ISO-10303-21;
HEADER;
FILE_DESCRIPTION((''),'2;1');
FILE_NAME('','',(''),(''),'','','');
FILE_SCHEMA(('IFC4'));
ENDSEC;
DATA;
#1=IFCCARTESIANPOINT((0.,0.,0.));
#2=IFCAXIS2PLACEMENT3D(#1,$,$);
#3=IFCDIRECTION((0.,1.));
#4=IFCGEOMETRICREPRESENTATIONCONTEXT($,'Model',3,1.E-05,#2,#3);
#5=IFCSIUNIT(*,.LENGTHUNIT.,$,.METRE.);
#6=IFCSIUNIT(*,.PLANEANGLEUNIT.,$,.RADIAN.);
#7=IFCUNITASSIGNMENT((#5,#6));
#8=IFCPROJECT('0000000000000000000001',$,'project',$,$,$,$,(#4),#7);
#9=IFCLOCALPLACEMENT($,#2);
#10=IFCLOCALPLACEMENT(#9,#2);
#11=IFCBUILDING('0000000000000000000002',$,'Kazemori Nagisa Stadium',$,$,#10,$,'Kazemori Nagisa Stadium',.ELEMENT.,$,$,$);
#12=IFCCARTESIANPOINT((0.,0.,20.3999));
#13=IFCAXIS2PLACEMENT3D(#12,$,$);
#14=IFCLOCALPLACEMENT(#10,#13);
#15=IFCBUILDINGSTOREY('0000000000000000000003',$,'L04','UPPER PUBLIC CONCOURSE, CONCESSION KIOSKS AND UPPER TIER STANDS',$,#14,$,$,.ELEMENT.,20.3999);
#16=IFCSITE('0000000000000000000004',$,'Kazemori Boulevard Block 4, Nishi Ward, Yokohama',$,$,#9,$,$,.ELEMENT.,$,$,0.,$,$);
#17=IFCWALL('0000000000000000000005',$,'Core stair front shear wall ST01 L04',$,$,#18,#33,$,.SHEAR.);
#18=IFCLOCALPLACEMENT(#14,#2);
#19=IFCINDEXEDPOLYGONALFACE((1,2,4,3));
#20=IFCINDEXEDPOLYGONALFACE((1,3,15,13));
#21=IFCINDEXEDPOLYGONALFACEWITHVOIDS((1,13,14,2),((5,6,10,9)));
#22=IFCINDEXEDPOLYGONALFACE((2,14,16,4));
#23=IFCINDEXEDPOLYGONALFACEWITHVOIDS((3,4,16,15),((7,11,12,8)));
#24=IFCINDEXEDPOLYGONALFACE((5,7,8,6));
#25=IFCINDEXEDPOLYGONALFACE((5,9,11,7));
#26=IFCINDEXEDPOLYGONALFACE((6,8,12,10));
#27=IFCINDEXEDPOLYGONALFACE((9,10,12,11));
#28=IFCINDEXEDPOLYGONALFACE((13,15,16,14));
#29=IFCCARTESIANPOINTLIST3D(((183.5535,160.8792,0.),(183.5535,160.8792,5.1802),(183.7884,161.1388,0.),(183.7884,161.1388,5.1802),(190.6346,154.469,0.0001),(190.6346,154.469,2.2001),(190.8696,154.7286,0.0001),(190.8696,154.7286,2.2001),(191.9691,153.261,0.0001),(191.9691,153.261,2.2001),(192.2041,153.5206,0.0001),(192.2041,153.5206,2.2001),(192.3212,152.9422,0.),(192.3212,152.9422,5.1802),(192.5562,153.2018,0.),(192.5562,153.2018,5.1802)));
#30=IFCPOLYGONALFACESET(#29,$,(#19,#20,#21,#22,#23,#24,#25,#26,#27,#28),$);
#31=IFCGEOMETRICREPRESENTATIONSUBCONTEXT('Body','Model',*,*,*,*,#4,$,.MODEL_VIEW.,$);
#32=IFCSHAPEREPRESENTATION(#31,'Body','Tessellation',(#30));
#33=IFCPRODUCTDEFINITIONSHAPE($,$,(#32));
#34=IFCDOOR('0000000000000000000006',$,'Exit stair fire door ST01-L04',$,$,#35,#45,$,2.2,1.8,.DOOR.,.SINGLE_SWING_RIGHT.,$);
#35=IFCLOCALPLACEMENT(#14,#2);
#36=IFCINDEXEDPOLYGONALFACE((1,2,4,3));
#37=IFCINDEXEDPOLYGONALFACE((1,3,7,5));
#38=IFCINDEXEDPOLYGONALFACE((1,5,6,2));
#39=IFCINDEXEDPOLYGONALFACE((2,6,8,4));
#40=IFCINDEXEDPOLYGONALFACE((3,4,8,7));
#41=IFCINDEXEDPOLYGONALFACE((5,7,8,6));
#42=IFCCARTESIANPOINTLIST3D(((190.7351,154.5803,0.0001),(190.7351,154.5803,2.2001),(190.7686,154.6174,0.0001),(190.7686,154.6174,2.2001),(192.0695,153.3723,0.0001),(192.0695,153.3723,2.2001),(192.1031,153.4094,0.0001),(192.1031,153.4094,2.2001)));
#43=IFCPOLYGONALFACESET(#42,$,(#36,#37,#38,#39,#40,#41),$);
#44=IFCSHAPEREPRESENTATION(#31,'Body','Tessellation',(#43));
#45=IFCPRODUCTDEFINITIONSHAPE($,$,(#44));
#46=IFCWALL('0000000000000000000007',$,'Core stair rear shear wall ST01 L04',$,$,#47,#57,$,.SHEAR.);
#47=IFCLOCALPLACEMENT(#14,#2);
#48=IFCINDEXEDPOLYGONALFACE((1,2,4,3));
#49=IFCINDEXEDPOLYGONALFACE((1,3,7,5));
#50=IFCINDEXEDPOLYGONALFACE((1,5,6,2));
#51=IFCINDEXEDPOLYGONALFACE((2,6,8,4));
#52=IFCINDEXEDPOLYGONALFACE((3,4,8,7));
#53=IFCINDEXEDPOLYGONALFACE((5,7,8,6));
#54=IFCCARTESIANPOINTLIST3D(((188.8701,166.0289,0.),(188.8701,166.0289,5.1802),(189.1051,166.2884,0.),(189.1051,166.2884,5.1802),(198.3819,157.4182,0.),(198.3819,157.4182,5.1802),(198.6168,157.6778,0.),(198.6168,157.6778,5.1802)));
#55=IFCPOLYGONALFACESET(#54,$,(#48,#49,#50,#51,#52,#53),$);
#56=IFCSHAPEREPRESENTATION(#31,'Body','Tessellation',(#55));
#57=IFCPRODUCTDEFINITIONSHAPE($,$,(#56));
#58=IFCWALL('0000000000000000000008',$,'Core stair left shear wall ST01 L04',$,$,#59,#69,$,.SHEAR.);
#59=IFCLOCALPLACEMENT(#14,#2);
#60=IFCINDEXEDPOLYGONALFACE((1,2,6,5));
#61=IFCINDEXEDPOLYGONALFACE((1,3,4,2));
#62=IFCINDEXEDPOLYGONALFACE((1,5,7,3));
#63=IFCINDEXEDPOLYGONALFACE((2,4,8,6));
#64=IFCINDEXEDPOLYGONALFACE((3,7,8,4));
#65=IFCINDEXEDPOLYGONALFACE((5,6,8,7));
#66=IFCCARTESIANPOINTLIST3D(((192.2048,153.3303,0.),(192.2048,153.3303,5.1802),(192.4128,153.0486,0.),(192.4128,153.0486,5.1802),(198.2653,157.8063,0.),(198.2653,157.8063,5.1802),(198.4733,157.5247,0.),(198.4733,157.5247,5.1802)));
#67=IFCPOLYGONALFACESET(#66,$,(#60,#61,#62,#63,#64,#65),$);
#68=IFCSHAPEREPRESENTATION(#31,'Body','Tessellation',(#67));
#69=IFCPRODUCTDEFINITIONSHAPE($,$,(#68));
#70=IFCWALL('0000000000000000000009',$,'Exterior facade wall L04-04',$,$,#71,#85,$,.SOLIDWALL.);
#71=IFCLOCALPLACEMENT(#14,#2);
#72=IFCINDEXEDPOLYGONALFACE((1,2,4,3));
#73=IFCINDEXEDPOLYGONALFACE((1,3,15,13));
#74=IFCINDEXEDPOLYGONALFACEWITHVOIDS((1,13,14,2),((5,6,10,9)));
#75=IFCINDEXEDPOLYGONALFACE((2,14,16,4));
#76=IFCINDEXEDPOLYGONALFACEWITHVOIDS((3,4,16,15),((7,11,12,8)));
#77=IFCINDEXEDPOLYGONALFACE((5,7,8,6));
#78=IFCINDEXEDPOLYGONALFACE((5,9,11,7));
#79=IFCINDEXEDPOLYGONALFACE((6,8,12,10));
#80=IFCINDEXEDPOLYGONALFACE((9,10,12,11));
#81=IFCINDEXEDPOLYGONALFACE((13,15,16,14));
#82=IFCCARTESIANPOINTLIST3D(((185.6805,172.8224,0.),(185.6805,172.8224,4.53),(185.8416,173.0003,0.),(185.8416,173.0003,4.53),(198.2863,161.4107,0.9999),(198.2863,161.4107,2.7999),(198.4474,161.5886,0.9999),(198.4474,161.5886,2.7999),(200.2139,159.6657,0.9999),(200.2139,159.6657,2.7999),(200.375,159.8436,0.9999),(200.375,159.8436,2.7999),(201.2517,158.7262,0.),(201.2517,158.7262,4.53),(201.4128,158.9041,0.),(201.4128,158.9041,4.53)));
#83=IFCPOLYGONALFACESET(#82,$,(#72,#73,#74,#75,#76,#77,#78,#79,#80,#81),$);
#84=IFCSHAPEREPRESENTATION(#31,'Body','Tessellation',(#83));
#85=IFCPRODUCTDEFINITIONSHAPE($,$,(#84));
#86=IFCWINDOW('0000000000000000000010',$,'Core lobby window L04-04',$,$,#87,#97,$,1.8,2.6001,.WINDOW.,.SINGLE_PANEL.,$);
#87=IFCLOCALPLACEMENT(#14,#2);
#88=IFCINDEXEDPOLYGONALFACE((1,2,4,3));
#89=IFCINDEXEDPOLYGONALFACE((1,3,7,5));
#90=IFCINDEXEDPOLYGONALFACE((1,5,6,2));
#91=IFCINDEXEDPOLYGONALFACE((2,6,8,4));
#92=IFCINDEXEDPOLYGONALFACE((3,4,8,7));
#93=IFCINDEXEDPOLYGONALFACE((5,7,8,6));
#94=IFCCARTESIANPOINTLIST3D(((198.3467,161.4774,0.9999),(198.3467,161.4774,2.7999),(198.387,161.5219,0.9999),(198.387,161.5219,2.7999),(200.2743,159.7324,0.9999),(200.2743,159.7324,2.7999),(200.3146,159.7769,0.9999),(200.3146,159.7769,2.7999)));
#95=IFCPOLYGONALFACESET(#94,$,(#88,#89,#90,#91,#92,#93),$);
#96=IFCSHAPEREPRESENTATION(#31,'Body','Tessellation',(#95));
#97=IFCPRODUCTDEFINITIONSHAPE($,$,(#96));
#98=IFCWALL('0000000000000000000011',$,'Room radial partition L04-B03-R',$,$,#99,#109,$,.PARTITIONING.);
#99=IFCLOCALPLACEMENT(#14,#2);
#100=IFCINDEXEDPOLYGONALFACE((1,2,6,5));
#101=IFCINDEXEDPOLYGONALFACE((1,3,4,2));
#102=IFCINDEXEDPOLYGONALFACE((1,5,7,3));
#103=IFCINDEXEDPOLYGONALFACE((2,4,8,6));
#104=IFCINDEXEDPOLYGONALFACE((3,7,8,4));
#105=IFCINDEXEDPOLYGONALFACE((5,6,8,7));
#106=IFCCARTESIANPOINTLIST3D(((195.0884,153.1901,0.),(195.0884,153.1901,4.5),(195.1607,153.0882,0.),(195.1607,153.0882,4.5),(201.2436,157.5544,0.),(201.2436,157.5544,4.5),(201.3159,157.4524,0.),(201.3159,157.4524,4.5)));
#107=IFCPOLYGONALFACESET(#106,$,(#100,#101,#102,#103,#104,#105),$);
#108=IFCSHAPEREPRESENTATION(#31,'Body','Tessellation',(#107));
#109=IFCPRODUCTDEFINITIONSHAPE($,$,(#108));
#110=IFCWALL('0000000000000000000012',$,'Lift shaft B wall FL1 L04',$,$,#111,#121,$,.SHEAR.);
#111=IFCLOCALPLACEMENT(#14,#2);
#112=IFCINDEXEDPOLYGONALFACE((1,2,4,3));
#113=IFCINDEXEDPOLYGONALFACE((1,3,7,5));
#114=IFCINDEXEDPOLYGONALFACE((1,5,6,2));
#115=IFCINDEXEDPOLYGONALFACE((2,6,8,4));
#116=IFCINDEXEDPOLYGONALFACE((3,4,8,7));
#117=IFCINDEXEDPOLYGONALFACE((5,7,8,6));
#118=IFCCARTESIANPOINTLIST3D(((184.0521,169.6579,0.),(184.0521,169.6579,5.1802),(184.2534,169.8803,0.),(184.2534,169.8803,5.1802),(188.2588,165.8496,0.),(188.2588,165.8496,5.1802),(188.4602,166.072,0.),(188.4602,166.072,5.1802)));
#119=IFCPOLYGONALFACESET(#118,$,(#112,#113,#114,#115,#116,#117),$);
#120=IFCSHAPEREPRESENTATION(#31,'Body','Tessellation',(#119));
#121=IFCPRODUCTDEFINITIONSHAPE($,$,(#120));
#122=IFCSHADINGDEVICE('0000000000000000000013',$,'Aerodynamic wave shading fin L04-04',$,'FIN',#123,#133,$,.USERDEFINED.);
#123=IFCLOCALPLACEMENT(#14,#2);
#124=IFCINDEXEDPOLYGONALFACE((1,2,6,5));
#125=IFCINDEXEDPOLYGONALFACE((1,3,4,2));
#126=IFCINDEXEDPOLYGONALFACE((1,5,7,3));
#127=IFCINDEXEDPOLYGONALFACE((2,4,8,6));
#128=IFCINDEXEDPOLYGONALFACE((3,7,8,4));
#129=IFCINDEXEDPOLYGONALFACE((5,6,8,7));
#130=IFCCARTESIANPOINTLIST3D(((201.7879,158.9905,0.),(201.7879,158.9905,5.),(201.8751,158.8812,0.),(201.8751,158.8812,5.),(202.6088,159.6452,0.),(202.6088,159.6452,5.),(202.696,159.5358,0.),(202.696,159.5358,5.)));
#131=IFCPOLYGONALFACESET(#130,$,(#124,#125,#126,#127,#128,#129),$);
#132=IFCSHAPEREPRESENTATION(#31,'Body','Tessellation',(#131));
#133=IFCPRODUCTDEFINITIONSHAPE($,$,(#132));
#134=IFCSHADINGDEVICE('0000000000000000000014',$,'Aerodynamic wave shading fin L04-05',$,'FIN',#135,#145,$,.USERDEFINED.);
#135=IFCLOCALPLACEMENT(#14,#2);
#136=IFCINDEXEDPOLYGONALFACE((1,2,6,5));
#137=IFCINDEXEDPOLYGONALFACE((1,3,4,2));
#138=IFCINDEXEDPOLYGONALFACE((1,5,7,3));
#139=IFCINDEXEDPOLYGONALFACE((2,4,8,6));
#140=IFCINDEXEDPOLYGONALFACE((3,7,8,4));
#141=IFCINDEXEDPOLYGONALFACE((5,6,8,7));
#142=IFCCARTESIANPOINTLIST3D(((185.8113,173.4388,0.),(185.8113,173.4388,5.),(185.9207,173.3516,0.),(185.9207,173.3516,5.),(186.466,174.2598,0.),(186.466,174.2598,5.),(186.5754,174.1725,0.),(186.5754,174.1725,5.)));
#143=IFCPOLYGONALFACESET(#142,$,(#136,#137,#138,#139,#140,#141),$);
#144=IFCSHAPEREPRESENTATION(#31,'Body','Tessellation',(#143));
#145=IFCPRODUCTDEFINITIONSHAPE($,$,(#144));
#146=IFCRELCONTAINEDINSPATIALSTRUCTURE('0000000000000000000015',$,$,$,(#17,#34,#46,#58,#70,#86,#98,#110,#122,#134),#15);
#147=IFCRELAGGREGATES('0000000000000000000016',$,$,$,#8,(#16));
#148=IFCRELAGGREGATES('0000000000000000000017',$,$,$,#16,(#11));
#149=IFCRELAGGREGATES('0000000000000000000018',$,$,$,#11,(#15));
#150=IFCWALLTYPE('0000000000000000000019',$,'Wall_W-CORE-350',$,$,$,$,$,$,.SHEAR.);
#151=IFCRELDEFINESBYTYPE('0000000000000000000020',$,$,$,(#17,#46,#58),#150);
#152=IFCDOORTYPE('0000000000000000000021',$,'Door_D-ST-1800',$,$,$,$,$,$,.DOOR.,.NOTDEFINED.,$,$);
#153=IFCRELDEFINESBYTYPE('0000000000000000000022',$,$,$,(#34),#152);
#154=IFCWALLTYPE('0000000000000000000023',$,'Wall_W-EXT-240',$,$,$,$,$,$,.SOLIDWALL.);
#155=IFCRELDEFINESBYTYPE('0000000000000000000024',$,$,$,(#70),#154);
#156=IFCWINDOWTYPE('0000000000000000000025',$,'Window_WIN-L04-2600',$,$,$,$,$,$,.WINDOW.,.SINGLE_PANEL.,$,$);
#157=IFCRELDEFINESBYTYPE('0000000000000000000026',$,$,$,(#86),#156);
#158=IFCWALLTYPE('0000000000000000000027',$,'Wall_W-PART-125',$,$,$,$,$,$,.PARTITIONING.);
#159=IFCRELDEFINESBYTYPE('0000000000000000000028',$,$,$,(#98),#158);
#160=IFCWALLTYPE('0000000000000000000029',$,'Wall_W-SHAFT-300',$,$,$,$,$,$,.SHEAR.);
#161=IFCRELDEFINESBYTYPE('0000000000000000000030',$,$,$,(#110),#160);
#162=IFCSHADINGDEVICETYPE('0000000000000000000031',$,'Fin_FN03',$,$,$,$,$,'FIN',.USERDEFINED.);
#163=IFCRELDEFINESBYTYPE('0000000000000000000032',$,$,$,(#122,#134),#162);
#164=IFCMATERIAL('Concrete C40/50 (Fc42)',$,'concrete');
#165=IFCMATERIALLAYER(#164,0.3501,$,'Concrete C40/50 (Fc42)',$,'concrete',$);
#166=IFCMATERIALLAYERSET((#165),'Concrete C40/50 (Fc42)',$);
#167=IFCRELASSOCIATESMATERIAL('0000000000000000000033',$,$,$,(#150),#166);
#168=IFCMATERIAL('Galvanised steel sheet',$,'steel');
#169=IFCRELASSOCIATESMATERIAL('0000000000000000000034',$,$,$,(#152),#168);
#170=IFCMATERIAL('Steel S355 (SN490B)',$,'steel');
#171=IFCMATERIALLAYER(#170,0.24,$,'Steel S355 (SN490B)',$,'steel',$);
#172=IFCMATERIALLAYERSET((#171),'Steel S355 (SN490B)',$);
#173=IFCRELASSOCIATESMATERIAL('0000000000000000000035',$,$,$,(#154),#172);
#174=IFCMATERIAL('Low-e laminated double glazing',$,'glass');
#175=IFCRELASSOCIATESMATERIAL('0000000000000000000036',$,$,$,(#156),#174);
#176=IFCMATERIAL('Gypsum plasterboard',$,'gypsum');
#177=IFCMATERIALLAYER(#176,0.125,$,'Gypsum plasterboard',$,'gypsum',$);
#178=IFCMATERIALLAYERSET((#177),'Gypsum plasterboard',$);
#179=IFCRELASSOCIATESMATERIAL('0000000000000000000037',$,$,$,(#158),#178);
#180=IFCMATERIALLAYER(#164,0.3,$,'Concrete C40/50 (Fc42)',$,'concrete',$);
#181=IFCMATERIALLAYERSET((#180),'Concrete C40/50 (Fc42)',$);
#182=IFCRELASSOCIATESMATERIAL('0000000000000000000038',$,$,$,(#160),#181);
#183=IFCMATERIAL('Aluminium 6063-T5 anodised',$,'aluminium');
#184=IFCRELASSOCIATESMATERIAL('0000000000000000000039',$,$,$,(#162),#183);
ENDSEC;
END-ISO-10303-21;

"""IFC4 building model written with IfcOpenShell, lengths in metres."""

from ifc_helpers import new_model, si_unit, direction, frame, frame_2d, origin, origin_2d, place, context, subcontext, project, spatial, rectangle, extrude, material, layer, layer_set, type_object, element, fill, save


model = new_model("IFC4")

# Units and contexts
model_context = context("Model", 3, precision=1e-05, world=origin(), true_north=direction((0.0, 1.0)))
body_context = subcontext(model_context, "Body", "Model", "MODEL_VIEW")
ifc_project = project(units=[si_unit("LENGTHUNIT", "METRE"), si_unit("PLANEANGLEUNIT", "RADIAN")], contexts=[model_context])

# Site, building, storey
site_placement = place(None, origin())
site = spatial("IfcSite", under=ifc_project, at=site_placement, Name="Kazemori Boulevard Block 4, Nishi Ward, Yokohama", CompositionType="ELEMENT", RefElevation=0.0)
building_placement = place(site_placement, origin())
building = spatial("IfcBuilding", under=site, at=building_placement, Name="Kazemori Nagisa Stadium", LongName="Kazemori Nagisa Stadium", CompositionType="ELEMENT")
storey_placement = place(building_placement, frame((0.0, 0.0, 20.3999)))
storey = spatial("IfcBuildingStorey", under=building, at=storey_placement, Name="L04", Description="UPPER PUBLIC CONCOURSE, CONCESSION KIOSKS AND UPPER TIER STANDS", CompositionType="ELEMENT", Elevation=20.3999)

# Shared definitions
ifc_material_1 = material(Name="Concrete C40/50 (Fc42)", Category="concrete")

# Shared definitions
ifc_material_2 = material(Name="Aluminium 6063-T5 anodised", Category="aluminium")
ifc_material_3 = material(Name="Low-e laminated double glazing", Category="glass")

# Wall, opening, door
ifc_layer_1 = layer(ifc_material_1, 0.3501, Name="Concrete C40/50 (Fc42)", Category="concrete")
ifc_layer_set_1 = layer_set([ifc_layer_1], Name="Concrete C40/50 (Fc42)")
wall_type_1 = type_object("IfcWallType", Name="Wall_W-CORE-350", PredefinedType="SHEAR", material=ifc_layer_set_1)
wall_1_placement = place(storey_placement, frame((192.4387, 153.072, 0.0), z_axis=(0.0, 0.0, 1.0), x_axis=(-0.741358, 0.67111, 0.0)))
wall_1 = element("IfcWall", 1, at=wall_1_placement, inside=storey, type_object=wall_type_1, Name="Core stair front shear wall ST01 L04", PredefinedType="SHEAR", context=body_context, shape_type="SweptSolid", body=[
    extrude(rectangle(XDim=11.8267, YDim=0.3501, at=frame_2d((5.9133, 0.0))), origin(), (0.0, 0.0, 1.0), 5.1802),
])
opening_1_placement = place(wall_1_placement, frame((0.4751, 0.0, 0.0)))
opening_1 = element("IfcOpeningElement", 2, at=opening_1_placement, cuts=wall_1, PredefinedType="OPENING", context=body_context, shape_type="SweptSolid", body=[
    extrude(rectangle(XDim=1.8, YDim=2.2, at=frame_2d((0.8999, 1.1001))), frame((0.0, 0.1851, 0.0), z_axis=(0.0, -1.0, 0.0), x_axis=(1.0, 0.0, 0.0)), (0.0, 0.0, 1.0), 0.3701),
])
ifc_material_4 = material(Name="Galvanised steel sheet", Category="steel")
door_type = type_object("IfcDoorType", Name="Door_D-ST-1800", OperationType="NOTDEFINED", PredefinedType="DOOR", material=ifc_material_4)
door_placement = place(opening_1_placement, frame((1.8, 0.0, 0.0), z_axis=(0.0, 0.0, 1.0), x_axis=(-1.0, 0.0, 0.0)))
door = element("IfcDoor", 3, at=door_placement, inside=storey, type_object=door_type, Name="Exit stair fire door ST01-L04", OperationType="SINGLE_SWING_RIGHT", OverallHeight=2.2, OverallWidth=1.8, PredefinedType="DOOR", context=body_context, shape_type="SweptSolid", body=[
    extrude(rectangle(XDim=1.8, YDim=2.2, at=frame_2d((0.8999, 1.1001))), frame((0.0, 0.0249, 0.0), z_axis=(0.0, -1.0, 0.0), x_axis=(1.0, 0.0, 0.0)), (0.0, 0.0, 1.0), 0.05),
])
fill(opening_1, door)

# Walls
wall_2_placement = place(storey_placement, frame((198.4993, 157.5481, 0.0), z_axis=(0.0, 0.0, 1.0), x_axis=(-0.741351, 0.671117, 0.0)))
element("IfcWall", 4, at=wall_2_placement, inside=storey, type_object=wall_type_1, Name="Core stair rear shear wall ST01 L04", PredefinedType="SHEAR", context=body_context, shape_type="SweptSolid", body=[
    extrude(rectangle(XDim=12.8303, YDim=0.3501, at=frame_2d((6.415, 0.0))), origin(), (0.0, 0.0, 1.0), 5.1802),
])
wall_3_placement = place(storey_placement, frame((192.3088, 153.1895, 0.0), z_axis=(0.0, 0.0, 1.0), x_axis=(0.804396, 0.594094, 0.0)))
element("IfcWall", 5, at=wall_3_placement, inside=storey, type_object=wall_type_1, Name="Core stair left shear wall ST01 L04", PredefinedType="SHEAR", context=body_context, shape_type="SweptSolid", body=[
    extrude(rectangle(XDim=7.5342, YDim=0.3501, at=frame_2d((3.7671, 0.0))), origin(), (0.0, 0.0, 1.0), 5.1802),
])

# Wall, opening, window
ifc_material_5 = material(Name="Steel S355 (SN490B)", Category="steel")
ifc_layer_2 = layer(ifc_material_5, 0.24, Name="Steel S355 (SN490B)", Category="steel")
ifc_layer_set_2 = layer_set([ifc_layer_2], Name="Steel S355 (SN490B)")
wall_type_2 = type_object("IfcWallType", Name="Wall_W-EXT-240", PredefinedType="SOLIDWALL", material=ifc_layer_set_2)
wall_4_placement = place(storey_placement, frame((201.3323, 158.8152, 0.0), z_axis=(0.0, 0.0, 1.0), x_axis=(-0.741349, 0.67112, 0.0)))
wall_4 = element("IfcWall", 6, at=wall_4_placement, inside=storey, type_object=wall_type_2, Name="Exterior facade wall L04-04", PredefinedType="SOLIDWALL", context=body_context, shape_type="SweptSolid", body=[
    extrude(rectangle(XDim=21.0039, YDim=0.24, at=frame_2d((10.502, 0.0))), origin(), (0.0, 0.0, 1.0), 4.53),
])
opening_2_placement = place(wall_4_placement, frame((1.3999, 0.0, 1.0)))
opening_2 = element("IfcOpeningElement", 7, at=opening_2_placement, cuts=wall_4, PredefinedType="OPENING", context=body_context, shape_type="SweptSolid", body=[
    extrude(rectangle(XDim=2.6001, YDim=1.8, at=frame_2d((1.3, 0.8999))), frame((0.0, 0.1299, 0.0), z_axis=(0.0, -1.0, 0.0), x_axis=(1.0, 0.0, 0.0)), (0.0, 0.0, 1.0), 0.26),
])
window_type = type_object("IfcWindowType", Name="Window_WIN-L04-2600", PartitioningType="SINGLE_PANEL", PredefinedType="WINDOW", material=ifc_material_3)
window_placement = place(opening_2_placement, origin())
window = element("IfcWindow", 8, at=window_placement, inside=storey, type_object=window_type, Name="Core lobby window L04-04", OverallHeight=1.8, OverallWidth=2.6001, PartitioningType="SINGLE_PANEL", PredefinedType="WINDOW", context=body_context, shape_type="SweptSolid", body=[
    extrude(rectangle(XDim=2.6001, YDim=1.8, at=frame_2d((1.3, 0.8999))), frame((0.0, 0.03, 0.0), z_axis=(0.0, -1.0, 0.0), x_axis=(1.0, 0.0, 0.0)), (0.0, 0.0, 1.0), 0.0601),
])
fill(opening_2, window)

# Walls
ifc_material_6 = material(Name="Gypsum plasterboard", Category="gypsum")
ifc_layer_3 = layer(ifc_material_6, 0.125, Name="Gypsum plasterboard", Category="gypsum")
ifc_layer_set_3 = layer_set([ifc_layer_3], Name="Gypsum plasterboard")
wall_type_3 = type_object("IfcWallType", Name="Wall_W-PART-125", PredefinedType="PARTITIONING", material=ifc_layer_set_3)
wall_5_placement = place(storey_placement, frame((195.1245, 153.1392, 0.0), z_axis=(0.0, 0.0, 1.0), x_axis=(0.815757, 0.578394, 0.0)))
element("IfcWall", 9, at=wall_5_placement, inside=storey, type_object=wall_type_3, Name="Room radial partition L04-B03-R", PredefinedType="PARTITIONING", context=body_context, shape_type="SweptSolid", body=[
    extrude(rectangle(XDim=7.5454, YDim=0.125, at=frame_2d((3.7727, 0.0))), origin(), (0.0, 0.0, 1.0), 4.5),
])
ifc_layer_4 = layer(ifc_material_1, 0.3, Name="Concrete C40/50 (Fc42)", Category="concrete")
ifc_layer_set_4 = layer_set([ifc_layer_4], Name="Concrete C40/50 (Fc42)")
wall_type_4 = type_object("IfcWallType", Name="Wall_W-SHAFT-300", PredefinedType="SHEAR", material=ifc_layer_set_4)
wall_6_placement = place(storey_placement, frame((188.3596, 165.9607, 0.0), z_axis=(0.0, 0.0, 1.0), x_axis=(-0.741342, 0.671127, 0.0)))
element("IfcWall", 10, at=wall_6_placement, inside=storey, type_object=wall_type_4, Name="Lift shaft B wall FL1 L04", PredefinedType="SHEAR", context=body_context, shape_type="SweptSolid", body=[
    extrude(rectangle(XDim=5.6746, YDim=0.3, at=frame_2d((2.8374, 0.0))), origin(), (0.0, 0.0, 1.0), 5.1802),
])

# Shading devices
shading_device_type = type_object("IfcShadingDeviceType", Name="Fin_FN03", ElementType="FIN", PredefinedType="USERDEFINED", material=ifc_material_2)
for number, where, z_axis, x_axis, name in (
    (11, (202.2419, 159.2632, 0.0), (0.0, 0.0, 1.0), (0.781831, 0.62349, 0.0), "Aerodynamic wave shading fin L04-04"),
    (12, (186.1934, 173.8057, 0.0), (0.0, 0.0, 1.0), (0.62349, 0.781831, 0.0), "Aerodynamic wave shading fin L04-05"),
):
    element("IfcShadingDevice", number, at=place(storey_placement, frame(where, z_axis=z_axis, x_axis=x_axis)), inside=storey, type_object=shading_device_type, Name=name, ObjectType="FIN", PredefinedType="USERDEFINED", context=body_context, shape_type="SweptSolid", body=[
        extrude(rectangle(XDim=1.05, YDim=0.1399, at=origin_2d()), origin(), (0.0, 0.0, 1.0), 5.0),
    ])

save(model, "model.ifc")
